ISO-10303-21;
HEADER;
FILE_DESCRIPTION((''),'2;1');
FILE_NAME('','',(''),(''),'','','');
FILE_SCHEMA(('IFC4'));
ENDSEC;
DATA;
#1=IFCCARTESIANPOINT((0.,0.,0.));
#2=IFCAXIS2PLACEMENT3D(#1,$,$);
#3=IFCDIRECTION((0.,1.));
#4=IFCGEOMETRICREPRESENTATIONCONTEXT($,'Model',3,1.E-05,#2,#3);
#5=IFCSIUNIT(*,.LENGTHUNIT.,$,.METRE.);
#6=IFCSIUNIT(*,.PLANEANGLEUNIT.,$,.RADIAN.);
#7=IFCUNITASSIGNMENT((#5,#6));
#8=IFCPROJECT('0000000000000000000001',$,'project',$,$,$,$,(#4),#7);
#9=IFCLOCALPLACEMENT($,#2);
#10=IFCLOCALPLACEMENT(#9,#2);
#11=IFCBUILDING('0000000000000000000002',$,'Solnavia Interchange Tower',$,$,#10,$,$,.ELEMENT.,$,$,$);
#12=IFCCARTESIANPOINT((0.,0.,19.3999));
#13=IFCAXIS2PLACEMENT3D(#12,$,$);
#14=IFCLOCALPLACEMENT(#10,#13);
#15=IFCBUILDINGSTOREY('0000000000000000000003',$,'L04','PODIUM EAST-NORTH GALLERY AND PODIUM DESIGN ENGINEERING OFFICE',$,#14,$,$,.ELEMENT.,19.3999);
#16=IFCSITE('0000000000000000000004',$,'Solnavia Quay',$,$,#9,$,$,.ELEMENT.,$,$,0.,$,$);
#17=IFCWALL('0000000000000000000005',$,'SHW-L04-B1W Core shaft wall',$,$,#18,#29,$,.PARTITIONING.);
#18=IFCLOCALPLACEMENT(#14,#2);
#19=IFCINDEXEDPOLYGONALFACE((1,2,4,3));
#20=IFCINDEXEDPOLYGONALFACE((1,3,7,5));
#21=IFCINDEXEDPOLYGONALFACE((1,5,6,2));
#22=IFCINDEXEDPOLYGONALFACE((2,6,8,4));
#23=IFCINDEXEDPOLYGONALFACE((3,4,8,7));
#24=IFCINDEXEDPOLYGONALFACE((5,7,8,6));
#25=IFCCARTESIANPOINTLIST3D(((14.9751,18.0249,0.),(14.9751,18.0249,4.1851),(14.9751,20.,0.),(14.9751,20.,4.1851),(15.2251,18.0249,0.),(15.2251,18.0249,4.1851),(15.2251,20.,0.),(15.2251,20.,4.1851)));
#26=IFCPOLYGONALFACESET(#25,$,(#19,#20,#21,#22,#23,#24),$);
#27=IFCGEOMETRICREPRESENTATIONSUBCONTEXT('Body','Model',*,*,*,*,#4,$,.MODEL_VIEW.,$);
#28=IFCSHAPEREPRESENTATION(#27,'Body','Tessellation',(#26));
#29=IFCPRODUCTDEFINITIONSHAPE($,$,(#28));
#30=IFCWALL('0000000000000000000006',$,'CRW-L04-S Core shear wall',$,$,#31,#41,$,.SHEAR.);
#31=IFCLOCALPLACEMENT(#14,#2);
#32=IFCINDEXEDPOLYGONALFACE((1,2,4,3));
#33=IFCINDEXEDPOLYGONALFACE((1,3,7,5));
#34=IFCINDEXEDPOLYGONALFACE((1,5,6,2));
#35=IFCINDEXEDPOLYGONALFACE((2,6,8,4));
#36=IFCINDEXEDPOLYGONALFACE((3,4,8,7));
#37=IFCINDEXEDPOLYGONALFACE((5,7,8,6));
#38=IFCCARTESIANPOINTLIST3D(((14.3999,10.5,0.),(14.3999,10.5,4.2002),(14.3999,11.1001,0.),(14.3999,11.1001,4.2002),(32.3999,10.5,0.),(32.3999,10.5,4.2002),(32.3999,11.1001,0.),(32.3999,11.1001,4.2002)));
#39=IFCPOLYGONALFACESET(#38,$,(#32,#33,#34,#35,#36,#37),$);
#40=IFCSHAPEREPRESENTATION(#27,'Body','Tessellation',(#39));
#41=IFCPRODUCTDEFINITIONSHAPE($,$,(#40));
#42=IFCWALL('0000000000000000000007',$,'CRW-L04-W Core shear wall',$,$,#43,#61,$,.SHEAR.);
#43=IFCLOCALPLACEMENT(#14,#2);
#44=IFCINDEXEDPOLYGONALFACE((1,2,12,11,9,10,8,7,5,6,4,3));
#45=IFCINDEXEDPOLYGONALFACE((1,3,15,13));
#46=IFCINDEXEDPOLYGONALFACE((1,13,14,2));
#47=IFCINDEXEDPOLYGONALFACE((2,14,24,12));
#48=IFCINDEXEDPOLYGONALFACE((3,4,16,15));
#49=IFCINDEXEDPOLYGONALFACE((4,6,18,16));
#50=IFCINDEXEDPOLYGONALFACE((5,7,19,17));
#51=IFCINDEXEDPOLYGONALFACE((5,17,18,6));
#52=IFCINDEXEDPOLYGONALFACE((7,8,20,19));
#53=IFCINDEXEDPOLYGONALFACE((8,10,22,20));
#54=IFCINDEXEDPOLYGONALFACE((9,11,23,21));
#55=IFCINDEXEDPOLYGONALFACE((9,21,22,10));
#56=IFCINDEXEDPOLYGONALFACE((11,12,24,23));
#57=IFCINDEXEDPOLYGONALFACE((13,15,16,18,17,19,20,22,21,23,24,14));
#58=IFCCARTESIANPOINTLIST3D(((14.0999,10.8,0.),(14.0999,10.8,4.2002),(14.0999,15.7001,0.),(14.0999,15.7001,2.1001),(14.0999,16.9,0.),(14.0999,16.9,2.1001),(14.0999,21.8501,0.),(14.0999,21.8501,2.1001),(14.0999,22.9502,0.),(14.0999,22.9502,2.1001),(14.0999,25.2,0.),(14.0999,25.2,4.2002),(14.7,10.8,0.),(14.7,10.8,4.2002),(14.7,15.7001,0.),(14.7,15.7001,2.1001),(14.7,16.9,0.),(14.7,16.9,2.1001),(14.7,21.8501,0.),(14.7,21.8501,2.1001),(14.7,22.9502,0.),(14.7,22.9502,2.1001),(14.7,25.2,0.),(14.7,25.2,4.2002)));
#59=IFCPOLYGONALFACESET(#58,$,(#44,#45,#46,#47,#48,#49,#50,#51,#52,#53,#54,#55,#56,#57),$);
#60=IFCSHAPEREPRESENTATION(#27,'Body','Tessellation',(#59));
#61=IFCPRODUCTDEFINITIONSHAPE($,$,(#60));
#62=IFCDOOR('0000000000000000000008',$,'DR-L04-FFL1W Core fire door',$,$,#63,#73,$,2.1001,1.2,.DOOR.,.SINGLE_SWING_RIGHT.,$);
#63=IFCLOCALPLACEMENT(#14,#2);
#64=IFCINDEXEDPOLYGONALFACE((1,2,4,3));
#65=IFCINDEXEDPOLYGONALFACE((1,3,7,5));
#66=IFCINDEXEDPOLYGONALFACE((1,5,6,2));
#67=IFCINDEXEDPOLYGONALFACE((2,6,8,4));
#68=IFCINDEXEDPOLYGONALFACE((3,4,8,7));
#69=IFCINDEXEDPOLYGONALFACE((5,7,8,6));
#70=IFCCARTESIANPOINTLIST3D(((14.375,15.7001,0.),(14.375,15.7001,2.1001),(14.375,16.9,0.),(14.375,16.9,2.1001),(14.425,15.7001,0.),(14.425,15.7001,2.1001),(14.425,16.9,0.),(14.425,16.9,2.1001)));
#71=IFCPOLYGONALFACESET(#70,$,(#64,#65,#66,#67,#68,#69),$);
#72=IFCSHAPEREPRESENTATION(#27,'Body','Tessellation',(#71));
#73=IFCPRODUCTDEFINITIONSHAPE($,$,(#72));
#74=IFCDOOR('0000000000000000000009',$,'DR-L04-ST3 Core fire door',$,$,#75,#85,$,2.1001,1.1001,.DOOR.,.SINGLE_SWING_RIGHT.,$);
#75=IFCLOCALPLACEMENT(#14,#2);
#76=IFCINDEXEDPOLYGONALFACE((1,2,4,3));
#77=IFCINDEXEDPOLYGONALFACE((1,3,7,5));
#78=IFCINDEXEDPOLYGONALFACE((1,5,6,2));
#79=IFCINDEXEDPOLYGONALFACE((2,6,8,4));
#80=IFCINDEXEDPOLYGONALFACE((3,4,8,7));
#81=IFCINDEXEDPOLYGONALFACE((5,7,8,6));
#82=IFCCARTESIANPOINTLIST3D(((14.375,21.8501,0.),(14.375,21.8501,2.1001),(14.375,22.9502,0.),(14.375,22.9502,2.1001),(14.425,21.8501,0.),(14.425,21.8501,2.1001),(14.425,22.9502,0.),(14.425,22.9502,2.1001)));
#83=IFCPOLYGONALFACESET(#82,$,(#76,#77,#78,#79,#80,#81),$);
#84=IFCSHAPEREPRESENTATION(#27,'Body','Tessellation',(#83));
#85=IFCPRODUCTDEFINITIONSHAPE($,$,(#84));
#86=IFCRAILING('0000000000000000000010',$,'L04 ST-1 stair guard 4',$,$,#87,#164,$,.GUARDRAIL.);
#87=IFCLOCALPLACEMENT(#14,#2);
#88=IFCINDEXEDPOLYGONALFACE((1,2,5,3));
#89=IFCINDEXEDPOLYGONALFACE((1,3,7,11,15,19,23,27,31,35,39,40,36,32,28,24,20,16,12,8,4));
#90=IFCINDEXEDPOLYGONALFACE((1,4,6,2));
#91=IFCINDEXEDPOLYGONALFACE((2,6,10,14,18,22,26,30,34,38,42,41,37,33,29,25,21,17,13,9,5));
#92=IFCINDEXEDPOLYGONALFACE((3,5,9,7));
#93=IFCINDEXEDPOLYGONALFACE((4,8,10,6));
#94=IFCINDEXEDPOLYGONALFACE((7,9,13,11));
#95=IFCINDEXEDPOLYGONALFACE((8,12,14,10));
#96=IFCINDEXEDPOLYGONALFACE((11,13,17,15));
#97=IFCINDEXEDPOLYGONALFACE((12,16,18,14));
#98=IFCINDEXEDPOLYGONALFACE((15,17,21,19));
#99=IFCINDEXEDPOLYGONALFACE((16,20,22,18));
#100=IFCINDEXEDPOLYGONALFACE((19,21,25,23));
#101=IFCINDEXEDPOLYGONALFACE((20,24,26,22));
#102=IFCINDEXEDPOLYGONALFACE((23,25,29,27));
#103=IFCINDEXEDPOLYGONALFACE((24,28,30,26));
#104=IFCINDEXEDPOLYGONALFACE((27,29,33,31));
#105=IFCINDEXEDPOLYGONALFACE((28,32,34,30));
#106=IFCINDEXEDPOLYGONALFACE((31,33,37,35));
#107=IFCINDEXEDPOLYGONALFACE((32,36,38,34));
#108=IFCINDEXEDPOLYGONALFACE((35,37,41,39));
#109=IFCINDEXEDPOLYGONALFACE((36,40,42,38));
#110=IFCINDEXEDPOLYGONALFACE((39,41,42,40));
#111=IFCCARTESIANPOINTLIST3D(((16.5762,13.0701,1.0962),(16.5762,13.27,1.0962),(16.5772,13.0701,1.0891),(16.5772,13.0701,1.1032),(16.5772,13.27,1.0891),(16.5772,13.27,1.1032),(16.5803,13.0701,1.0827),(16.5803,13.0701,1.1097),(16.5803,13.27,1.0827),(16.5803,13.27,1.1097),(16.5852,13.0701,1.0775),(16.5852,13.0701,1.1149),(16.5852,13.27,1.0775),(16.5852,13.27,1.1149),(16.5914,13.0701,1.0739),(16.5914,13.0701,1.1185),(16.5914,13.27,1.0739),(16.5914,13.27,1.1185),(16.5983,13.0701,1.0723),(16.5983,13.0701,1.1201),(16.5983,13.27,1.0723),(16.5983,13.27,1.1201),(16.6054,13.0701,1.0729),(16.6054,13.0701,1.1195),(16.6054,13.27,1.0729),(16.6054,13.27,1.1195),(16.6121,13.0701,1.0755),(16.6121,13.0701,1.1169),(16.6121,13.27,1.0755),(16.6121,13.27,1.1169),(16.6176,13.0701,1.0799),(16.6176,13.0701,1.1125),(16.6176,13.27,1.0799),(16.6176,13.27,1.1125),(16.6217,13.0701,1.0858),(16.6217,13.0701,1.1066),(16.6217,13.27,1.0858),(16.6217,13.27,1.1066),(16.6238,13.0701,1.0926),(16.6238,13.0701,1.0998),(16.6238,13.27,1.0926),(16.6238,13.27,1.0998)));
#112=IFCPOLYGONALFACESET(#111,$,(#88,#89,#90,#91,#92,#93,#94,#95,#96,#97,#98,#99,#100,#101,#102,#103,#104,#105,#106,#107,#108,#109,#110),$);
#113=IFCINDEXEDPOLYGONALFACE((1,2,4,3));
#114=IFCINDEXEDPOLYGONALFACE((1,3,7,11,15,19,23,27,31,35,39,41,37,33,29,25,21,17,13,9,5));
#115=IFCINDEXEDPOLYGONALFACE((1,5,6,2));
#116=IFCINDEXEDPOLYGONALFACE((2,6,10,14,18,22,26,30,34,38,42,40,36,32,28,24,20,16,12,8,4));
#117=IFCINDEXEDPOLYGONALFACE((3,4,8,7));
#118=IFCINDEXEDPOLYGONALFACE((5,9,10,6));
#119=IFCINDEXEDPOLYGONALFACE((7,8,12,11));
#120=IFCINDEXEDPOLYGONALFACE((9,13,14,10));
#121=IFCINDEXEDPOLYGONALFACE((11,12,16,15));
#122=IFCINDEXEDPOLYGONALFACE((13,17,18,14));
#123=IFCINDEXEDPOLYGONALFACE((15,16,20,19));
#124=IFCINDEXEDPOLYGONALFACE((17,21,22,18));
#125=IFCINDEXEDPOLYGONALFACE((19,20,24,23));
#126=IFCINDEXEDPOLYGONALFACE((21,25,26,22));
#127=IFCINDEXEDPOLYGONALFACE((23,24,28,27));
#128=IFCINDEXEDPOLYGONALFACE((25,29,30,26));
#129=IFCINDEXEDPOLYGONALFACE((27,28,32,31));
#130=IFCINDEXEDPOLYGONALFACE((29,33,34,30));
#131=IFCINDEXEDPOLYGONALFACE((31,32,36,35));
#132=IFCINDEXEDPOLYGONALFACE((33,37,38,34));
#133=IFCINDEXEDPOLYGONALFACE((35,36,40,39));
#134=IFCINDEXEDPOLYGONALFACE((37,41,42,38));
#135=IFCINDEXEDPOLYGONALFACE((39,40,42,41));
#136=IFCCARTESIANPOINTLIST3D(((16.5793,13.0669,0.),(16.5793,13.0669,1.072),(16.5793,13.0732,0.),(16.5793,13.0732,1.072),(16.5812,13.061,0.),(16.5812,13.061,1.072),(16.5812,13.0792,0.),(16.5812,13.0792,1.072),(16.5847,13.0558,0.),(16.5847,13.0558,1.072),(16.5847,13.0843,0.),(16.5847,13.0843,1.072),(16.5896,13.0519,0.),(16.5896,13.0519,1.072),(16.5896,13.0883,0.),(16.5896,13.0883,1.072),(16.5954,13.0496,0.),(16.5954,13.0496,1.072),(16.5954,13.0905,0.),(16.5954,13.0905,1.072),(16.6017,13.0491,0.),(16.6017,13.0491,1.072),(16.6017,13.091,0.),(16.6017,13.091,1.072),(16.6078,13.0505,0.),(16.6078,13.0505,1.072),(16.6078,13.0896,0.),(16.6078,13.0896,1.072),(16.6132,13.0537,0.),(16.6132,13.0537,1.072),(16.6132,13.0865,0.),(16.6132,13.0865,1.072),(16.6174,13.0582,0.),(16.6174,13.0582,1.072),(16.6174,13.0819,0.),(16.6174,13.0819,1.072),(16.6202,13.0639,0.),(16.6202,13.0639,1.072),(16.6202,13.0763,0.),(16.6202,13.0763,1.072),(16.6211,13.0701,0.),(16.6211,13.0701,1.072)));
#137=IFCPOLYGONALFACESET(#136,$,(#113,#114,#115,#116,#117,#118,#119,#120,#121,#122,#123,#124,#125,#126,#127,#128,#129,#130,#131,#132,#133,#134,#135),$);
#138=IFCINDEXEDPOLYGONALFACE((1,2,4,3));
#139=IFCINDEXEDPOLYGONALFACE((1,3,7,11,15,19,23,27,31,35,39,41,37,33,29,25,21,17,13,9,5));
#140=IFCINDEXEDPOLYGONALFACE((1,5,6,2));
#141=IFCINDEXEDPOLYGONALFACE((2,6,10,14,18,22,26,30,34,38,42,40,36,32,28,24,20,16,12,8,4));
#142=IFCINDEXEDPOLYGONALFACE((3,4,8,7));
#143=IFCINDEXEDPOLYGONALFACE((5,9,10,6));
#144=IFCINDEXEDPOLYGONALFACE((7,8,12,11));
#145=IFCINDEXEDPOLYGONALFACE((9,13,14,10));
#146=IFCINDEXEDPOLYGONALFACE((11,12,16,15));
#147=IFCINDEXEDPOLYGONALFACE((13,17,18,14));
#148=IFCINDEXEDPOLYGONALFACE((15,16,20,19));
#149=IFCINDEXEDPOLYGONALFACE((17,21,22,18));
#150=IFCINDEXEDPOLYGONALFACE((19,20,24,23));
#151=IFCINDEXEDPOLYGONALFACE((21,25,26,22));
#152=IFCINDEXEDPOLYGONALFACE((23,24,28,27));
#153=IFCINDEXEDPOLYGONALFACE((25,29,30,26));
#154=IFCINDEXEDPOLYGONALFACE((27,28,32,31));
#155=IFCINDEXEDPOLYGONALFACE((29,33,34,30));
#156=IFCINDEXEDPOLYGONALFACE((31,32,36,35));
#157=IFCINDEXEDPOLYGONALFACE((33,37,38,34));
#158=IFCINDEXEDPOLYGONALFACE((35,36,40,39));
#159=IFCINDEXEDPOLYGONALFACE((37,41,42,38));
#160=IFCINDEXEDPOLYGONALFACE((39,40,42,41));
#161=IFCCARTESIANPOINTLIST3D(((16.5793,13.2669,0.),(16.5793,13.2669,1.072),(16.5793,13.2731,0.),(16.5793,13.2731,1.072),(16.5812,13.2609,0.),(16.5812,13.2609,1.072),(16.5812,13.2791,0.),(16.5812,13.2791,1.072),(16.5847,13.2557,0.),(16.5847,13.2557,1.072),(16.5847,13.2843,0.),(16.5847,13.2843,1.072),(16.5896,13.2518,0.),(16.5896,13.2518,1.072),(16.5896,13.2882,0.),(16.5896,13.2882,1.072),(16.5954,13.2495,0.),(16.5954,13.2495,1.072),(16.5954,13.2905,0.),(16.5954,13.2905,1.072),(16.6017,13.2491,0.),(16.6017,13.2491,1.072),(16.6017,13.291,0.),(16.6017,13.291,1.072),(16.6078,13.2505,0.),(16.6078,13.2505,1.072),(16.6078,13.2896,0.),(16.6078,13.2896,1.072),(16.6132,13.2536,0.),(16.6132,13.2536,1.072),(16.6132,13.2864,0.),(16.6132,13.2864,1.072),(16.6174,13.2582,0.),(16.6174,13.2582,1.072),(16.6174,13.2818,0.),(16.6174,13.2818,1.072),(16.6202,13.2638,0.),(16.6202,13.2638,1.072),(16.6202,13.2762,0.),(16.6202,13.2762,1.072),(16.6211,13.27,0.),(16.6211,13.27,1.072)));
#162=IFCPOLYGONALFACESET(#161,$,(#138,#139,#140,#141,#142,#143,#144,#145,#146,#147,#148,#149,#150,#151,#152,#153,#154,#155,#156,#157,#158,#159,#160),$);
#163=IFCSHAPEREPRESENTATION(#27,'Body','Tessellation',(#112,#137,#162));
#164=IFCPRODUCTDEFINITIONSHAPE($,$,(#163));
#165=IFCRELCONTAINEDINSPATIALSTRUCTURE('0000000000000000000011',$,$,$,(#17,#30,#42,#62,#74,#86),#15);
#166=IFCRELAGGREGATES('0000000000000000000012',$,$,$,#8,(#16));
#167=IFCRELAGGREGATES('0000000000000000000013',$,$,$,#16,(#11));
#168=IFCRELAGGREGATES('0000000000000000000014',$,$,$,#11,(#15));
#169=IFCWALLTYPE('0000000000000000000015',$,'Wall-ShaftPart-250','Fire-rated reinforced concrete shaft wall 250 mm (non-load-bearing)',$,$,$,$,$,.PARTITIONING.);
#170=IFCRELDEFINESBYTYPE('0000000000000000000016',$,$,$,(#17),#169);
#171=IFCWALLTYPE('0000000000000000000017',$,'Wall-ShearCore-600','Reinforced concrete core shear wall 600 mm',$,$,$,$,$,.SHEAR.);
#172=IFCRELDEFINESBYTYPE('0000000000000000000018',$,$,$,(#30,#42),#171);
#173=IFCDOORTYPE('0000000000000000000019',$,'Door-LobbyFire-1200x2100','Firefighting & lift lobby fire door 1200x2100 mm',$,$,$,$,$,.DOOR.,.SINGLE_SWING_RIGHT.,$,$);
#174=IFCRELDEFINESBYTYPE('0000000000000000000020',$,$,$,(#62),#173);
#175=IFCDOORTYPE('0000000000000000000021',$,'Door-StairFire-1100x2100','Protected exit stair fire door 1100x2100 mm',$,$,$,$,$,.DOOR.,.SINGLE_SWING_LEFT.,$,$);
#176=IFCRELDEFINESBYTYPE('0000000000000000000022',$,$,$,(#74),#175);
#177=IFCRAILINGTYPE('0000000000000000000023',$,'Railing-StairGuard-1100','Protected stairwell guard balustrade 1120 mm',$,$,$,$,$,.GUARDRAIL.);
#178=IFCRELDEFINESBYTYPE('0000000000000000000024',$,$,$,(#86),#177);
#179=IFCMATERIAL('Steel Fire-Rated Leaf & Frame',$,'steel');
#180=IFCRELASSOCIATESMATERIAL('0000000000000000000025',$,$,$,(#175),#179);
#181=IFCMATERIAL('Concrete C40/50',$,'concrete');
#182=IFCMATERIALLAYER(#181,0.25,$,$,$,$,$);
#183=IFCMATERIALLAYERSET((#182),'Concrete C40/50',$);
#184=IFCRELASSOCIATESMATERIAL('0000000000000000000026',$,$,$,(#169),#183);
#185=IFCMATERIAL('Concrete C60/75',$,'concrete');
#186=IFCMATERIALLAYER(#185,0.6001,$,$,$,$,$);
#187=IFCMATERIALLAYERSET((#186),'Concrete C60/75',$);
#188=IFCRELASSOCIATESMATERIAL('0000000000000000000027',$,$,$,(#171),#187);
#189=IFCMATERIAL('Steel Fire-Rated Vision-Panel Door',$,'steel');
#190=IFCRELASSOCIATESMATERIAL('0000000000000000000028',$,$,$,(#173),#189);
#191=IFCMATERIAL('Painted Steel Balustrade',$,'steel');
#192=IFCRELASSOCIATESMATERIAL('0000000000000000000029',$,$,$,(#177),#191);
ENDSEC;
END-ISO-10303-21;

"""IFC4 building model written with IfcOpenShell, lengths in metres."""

from ifc_helpers import new_model, si_unit, direction, frame, frame_2d, origin, origin_2d, place, context, subcontext, project, spatial, rectangle, circle, extrude, material, layer, layer_set, type_object, element, fill, save


model = new_model("IFC4")

# Units and contexts
model_context = context("Model", 3, precision=1e-05, world=origin(), true_north=direction((0.0, 1.0)))
body_context = subcontext(model_context, "Body", "Model", "MODEL_VIEW")
ifc_project = project(units=[si_unit("LENGTHUNIT", "METRE"), si_unit("PLANEANGLEUNIT", "RADIAN")], contexts=[model_context])

# Site, building, storey
site_placement = place(None, origin())
site = spatial("IfcSite", under=ifc_project, at=site_placement, Name="Solnavia Quay", CompositionType="ELEMENT", RefElevation=0.0)
building_placement = place(site_placement, origin())
building = spatial("IfcBuilding", under=site, at=building_placement, Name="Solnavia Interchange Tower", CompositionType="ELEMENT")
storey_placement = place(building_placement, frame((0.0, 0.0, 19.3999)))
storey = spatial("IfcBuildingStorey", under=building, at=storey_placement, Name="L04", Description="PODIUM EAST-NORTH GALLERY AND PODIUM DESIGN ENGINEERING OFFICE", CompositionType="ELEMENT", Elevation=19.3999)

# Shared definitions
ifc_material_1 = material(Name="Concrete C60/75", Category="concrete")

# Shared definitions
ifc_material_2 = material(Name="Concrete C40/50", Category="concrete")

# Shared definitions
ifc_material_3 = material(Name="Steel Fire-Rated Leaf & Frame", Category="steel")
door_type_1 = type_object("IfcDoorType", Name="Door-StairFire-1100x2100", Description="Protected exit stair fire door 1100x2100 mm", OperationType="SINGLE_SWING_LEFT", PredefinedType="DOOR", material=ifc_material_3)

# Walls
ifc_layer_1 = layer(ifc_material_2, 0.25)
ifc_layer_set_1 = layer_set([ifc_layer_1], Name="Concrete C40/50")
wall_type_1 = type_object("IfcWallType", Name="Wall-ShaftPart-250", Description="Fire-rated reinforced concrete shaft wall 250 mm (non-load-bearing)", PredefinedType="PARTITIONING", material=ifc_layer_set_1)
wall_1_placement = place(storey_placement, frame((15.1001, 18.0249, 0.0), z_axis=(0.0, 0.0, 1.0), x_axis=(0.0, 1.0, 0.0)))
element("IfcWall", 1, at=wall_1_placement, inside=storey, type_object=wall_type_1, Name="SHW-L04-B1W Core shaft wall", PredefinedType="PARTITIONING", context=body_context, shape_type="SweptSolid", body=[
    extrude(rectangle(XDim=1.9751, YDim=0.25, at=frame_2d((0.9875, 0.0))), origin(), (0.0, 0.0, 1.0), 4.1851),
])
ifc_layer_2 = layer(ifc_material_1, 0.6001)
ifc_layer_set_2 = layer_set([ifc_layer_2], Name="Concrete C60/75")
wall_type_2 = type_object("IfcWallType", Name="Wall-ShearCore-600", Description="Reinforced concrete core shear wall 600 mm", PredefinedType="SHEAR", material=ifc_layer_set_2)
wall_2_placement = place(storey_placement, frame((14.3999, 10.8, 0.0), z_axis=(0.0, 0.0, 1.0), x_axis=(1.0, 0.0, 0.0)))
element("IfcWall", 2, at=wall_2_placement, inside=storey, type_object=wall_type_2, Name="CRW-L04-S Core shear wall", PredefinedType="SHEAR", context=body_context, shape_type="SweptSolid", body=[
    extrude(rectangle(XDim=18.0, YDim=0.6001, at=frame_2d((9.0, 0.0))), origin(), (0.0, 0.0, 1.0), 4.2002),
])

# Wall, openings, doors
wall_3_placement = place(storey_placement, frame((14.3999, 10.8, 0.0), z_axis=(0.0, 0.0, 1.0), x_axis=(0.0, 1.0, 0.0)))
wall_3 = element("IfcWall", 3, at=wall_3_placement, inside=storey, type_object=wall_type_2, Name="CRW-L04-W Core shear wall", PredefinedType="SHEAR", context=body_context, shape_type="SweptSolid", body=[
    extrude(rectangle(XDim=14.3999, YDim=0.6001, at=frame_2d((7.2, 0.0))), origin(), (0.0, 0.0, 1.0), 4.2002),
])
opening_1_placement = place(wall_3_placement, frame((11.05, 0.0, 0.0)))
opening_1 = element("IfcOpeningElement", 4, at=opening_1_placement, cuts=wall_3, PredefinedType="OPENING", context=body_context, shape_type="SweptSolid", body=[
    extrude(rectangle(XDim=1.1001, YDim=2.1001, at=frame_2d((0.55, 1.05))), frame((0.0, 0.3101, 0.0), z_axis=(0.0, -1.0, 0.0), x_axis=(1.0, 0.0, 0.0)), (0.0, 0.0, 1.0), 0.6201),
])
opening_2_placement = place(wall_3_placement, frame((4.8999, 0.0, 0.0)))
opening_2 = element("IfcOpeningElement", 5, at=opening_2_placement, cuts=wall_3, PredefinedType="OPENING", context=body_context, shape_type="SweptSolid", body=[
    extrude(rectangle(XDim=1.2, YDim=2.1001, at=frame_2d((0.6001, 1.05))), frame((0.0, 0.3101, 0.0), z_axis=(0.0, -1.0, 0.0), x_axis=(1.0, 0.0, 0.0)), (0.0, 0.0, 1.0), 0.6201),
])
ifc_material_4 = material(Name="Steel Fire-Rated Vision-Panel Door", Category="steel")
door_type_2 = type_object("IfcDoorType", Name="Door-LobbyFire-1200x2100", Description="Firefighting & lift lobby fire door 1200x2100 mm", OperationType="SINGLE_SWING_RIGHT", PredefinedType="DOOR", material=ifc_material_4)
door_1_placement = place(opening_2_placement, origin())
door_1 = element("IfcDoor", 6, at=door_1_placement, inside=storey, type_object=door_type_2, Name="DR-L04-FFL1W Core fire door", OperationType="SINGLE_SWING_RIGHT", OverallHeight=2.1001, OverallWidth=1.2, PredefinedType="DOOR", context=body_context, shape_type="SweptSolid", body=[
    extrude(rectangle(XDim=1.2, YDim=2.1001, at=frame_2d((0.6001, 1.05))), frame((0.0, 0.0249, 0.0), z_axis=(0.0, -1.0, 0.0), x_axis=(1.0, 0.0, 0.0)), (0.0, 0.0, 1.0), 0.05),
])
fill(opening_2, door_1)
door_2_placement = place(opening_1_placement, origin())
door_2 = element("IfcDoor", 7, at=door_2_placement, inside=storey, type_object=door_type_1, Name="DR-L04-ST3 Core fire door", OperationType="SINGLE_SWING_RIGHT", OverallHeight=2.1001, OverallWidth=1.1001, PredefinedType="DOOR", context=body_context, shape_type="SweptSolid", body=[
    extrude(rectangle(XDim=1.1001, YDim=2.1001, at=frame_2d((0.55, 1.05))), frame((0.0, 0.0249, 0.0), z_axis=(0.0, -1.0, 0.0), x_axis=(1.0, 0.0, 0.0)), (0.0, 0.0, 1.0), 0.05),
])
fill(opening_1, door_2)

# Railing
ifc_material_5 = material(Name="Painted Steel Balustrade", Category="steel")
railing_type = type_object("IfcRailingType", Name="Railing-StairGuard-1100", Description="Protected stairwell guard balustrade 1120 mm", PredefinedType="GUARDRAIL", material=ifc_material_5)
railing_placement = place(storey_placement, frame((16.6001, 13.0701, 0.0)))
element("IfcRailing", 8, at=railing_placement, inside=storey, type_object=railing_type, Name="L04 ST-1 stair guard 4", PredefinedType="GUARDRAIL", context=body_context, shape_type="SweptSolid", body=[
    extrude(circle(Radius=0.0239, at=origin_2d()), frame((0.0, 0.0, 1.0962), z_axis=(0.0, 1.0, 0.0), x_axis=(-1.0, 0.0, 0.0)), (0.0, 0.0, 1.0), 0.2),
    extrude(circle(Radius=0.021, at=origin_2d()), origin(), (0.0, 0.0, 1.0), 1.072),
    extrude(circle(Radius=0.021, at=origin_2d()), frame((0.0, 0.2, 0.0)), (0.0, 0.0, 1.0), 1.072),
])

save(model, "model.ifc")
